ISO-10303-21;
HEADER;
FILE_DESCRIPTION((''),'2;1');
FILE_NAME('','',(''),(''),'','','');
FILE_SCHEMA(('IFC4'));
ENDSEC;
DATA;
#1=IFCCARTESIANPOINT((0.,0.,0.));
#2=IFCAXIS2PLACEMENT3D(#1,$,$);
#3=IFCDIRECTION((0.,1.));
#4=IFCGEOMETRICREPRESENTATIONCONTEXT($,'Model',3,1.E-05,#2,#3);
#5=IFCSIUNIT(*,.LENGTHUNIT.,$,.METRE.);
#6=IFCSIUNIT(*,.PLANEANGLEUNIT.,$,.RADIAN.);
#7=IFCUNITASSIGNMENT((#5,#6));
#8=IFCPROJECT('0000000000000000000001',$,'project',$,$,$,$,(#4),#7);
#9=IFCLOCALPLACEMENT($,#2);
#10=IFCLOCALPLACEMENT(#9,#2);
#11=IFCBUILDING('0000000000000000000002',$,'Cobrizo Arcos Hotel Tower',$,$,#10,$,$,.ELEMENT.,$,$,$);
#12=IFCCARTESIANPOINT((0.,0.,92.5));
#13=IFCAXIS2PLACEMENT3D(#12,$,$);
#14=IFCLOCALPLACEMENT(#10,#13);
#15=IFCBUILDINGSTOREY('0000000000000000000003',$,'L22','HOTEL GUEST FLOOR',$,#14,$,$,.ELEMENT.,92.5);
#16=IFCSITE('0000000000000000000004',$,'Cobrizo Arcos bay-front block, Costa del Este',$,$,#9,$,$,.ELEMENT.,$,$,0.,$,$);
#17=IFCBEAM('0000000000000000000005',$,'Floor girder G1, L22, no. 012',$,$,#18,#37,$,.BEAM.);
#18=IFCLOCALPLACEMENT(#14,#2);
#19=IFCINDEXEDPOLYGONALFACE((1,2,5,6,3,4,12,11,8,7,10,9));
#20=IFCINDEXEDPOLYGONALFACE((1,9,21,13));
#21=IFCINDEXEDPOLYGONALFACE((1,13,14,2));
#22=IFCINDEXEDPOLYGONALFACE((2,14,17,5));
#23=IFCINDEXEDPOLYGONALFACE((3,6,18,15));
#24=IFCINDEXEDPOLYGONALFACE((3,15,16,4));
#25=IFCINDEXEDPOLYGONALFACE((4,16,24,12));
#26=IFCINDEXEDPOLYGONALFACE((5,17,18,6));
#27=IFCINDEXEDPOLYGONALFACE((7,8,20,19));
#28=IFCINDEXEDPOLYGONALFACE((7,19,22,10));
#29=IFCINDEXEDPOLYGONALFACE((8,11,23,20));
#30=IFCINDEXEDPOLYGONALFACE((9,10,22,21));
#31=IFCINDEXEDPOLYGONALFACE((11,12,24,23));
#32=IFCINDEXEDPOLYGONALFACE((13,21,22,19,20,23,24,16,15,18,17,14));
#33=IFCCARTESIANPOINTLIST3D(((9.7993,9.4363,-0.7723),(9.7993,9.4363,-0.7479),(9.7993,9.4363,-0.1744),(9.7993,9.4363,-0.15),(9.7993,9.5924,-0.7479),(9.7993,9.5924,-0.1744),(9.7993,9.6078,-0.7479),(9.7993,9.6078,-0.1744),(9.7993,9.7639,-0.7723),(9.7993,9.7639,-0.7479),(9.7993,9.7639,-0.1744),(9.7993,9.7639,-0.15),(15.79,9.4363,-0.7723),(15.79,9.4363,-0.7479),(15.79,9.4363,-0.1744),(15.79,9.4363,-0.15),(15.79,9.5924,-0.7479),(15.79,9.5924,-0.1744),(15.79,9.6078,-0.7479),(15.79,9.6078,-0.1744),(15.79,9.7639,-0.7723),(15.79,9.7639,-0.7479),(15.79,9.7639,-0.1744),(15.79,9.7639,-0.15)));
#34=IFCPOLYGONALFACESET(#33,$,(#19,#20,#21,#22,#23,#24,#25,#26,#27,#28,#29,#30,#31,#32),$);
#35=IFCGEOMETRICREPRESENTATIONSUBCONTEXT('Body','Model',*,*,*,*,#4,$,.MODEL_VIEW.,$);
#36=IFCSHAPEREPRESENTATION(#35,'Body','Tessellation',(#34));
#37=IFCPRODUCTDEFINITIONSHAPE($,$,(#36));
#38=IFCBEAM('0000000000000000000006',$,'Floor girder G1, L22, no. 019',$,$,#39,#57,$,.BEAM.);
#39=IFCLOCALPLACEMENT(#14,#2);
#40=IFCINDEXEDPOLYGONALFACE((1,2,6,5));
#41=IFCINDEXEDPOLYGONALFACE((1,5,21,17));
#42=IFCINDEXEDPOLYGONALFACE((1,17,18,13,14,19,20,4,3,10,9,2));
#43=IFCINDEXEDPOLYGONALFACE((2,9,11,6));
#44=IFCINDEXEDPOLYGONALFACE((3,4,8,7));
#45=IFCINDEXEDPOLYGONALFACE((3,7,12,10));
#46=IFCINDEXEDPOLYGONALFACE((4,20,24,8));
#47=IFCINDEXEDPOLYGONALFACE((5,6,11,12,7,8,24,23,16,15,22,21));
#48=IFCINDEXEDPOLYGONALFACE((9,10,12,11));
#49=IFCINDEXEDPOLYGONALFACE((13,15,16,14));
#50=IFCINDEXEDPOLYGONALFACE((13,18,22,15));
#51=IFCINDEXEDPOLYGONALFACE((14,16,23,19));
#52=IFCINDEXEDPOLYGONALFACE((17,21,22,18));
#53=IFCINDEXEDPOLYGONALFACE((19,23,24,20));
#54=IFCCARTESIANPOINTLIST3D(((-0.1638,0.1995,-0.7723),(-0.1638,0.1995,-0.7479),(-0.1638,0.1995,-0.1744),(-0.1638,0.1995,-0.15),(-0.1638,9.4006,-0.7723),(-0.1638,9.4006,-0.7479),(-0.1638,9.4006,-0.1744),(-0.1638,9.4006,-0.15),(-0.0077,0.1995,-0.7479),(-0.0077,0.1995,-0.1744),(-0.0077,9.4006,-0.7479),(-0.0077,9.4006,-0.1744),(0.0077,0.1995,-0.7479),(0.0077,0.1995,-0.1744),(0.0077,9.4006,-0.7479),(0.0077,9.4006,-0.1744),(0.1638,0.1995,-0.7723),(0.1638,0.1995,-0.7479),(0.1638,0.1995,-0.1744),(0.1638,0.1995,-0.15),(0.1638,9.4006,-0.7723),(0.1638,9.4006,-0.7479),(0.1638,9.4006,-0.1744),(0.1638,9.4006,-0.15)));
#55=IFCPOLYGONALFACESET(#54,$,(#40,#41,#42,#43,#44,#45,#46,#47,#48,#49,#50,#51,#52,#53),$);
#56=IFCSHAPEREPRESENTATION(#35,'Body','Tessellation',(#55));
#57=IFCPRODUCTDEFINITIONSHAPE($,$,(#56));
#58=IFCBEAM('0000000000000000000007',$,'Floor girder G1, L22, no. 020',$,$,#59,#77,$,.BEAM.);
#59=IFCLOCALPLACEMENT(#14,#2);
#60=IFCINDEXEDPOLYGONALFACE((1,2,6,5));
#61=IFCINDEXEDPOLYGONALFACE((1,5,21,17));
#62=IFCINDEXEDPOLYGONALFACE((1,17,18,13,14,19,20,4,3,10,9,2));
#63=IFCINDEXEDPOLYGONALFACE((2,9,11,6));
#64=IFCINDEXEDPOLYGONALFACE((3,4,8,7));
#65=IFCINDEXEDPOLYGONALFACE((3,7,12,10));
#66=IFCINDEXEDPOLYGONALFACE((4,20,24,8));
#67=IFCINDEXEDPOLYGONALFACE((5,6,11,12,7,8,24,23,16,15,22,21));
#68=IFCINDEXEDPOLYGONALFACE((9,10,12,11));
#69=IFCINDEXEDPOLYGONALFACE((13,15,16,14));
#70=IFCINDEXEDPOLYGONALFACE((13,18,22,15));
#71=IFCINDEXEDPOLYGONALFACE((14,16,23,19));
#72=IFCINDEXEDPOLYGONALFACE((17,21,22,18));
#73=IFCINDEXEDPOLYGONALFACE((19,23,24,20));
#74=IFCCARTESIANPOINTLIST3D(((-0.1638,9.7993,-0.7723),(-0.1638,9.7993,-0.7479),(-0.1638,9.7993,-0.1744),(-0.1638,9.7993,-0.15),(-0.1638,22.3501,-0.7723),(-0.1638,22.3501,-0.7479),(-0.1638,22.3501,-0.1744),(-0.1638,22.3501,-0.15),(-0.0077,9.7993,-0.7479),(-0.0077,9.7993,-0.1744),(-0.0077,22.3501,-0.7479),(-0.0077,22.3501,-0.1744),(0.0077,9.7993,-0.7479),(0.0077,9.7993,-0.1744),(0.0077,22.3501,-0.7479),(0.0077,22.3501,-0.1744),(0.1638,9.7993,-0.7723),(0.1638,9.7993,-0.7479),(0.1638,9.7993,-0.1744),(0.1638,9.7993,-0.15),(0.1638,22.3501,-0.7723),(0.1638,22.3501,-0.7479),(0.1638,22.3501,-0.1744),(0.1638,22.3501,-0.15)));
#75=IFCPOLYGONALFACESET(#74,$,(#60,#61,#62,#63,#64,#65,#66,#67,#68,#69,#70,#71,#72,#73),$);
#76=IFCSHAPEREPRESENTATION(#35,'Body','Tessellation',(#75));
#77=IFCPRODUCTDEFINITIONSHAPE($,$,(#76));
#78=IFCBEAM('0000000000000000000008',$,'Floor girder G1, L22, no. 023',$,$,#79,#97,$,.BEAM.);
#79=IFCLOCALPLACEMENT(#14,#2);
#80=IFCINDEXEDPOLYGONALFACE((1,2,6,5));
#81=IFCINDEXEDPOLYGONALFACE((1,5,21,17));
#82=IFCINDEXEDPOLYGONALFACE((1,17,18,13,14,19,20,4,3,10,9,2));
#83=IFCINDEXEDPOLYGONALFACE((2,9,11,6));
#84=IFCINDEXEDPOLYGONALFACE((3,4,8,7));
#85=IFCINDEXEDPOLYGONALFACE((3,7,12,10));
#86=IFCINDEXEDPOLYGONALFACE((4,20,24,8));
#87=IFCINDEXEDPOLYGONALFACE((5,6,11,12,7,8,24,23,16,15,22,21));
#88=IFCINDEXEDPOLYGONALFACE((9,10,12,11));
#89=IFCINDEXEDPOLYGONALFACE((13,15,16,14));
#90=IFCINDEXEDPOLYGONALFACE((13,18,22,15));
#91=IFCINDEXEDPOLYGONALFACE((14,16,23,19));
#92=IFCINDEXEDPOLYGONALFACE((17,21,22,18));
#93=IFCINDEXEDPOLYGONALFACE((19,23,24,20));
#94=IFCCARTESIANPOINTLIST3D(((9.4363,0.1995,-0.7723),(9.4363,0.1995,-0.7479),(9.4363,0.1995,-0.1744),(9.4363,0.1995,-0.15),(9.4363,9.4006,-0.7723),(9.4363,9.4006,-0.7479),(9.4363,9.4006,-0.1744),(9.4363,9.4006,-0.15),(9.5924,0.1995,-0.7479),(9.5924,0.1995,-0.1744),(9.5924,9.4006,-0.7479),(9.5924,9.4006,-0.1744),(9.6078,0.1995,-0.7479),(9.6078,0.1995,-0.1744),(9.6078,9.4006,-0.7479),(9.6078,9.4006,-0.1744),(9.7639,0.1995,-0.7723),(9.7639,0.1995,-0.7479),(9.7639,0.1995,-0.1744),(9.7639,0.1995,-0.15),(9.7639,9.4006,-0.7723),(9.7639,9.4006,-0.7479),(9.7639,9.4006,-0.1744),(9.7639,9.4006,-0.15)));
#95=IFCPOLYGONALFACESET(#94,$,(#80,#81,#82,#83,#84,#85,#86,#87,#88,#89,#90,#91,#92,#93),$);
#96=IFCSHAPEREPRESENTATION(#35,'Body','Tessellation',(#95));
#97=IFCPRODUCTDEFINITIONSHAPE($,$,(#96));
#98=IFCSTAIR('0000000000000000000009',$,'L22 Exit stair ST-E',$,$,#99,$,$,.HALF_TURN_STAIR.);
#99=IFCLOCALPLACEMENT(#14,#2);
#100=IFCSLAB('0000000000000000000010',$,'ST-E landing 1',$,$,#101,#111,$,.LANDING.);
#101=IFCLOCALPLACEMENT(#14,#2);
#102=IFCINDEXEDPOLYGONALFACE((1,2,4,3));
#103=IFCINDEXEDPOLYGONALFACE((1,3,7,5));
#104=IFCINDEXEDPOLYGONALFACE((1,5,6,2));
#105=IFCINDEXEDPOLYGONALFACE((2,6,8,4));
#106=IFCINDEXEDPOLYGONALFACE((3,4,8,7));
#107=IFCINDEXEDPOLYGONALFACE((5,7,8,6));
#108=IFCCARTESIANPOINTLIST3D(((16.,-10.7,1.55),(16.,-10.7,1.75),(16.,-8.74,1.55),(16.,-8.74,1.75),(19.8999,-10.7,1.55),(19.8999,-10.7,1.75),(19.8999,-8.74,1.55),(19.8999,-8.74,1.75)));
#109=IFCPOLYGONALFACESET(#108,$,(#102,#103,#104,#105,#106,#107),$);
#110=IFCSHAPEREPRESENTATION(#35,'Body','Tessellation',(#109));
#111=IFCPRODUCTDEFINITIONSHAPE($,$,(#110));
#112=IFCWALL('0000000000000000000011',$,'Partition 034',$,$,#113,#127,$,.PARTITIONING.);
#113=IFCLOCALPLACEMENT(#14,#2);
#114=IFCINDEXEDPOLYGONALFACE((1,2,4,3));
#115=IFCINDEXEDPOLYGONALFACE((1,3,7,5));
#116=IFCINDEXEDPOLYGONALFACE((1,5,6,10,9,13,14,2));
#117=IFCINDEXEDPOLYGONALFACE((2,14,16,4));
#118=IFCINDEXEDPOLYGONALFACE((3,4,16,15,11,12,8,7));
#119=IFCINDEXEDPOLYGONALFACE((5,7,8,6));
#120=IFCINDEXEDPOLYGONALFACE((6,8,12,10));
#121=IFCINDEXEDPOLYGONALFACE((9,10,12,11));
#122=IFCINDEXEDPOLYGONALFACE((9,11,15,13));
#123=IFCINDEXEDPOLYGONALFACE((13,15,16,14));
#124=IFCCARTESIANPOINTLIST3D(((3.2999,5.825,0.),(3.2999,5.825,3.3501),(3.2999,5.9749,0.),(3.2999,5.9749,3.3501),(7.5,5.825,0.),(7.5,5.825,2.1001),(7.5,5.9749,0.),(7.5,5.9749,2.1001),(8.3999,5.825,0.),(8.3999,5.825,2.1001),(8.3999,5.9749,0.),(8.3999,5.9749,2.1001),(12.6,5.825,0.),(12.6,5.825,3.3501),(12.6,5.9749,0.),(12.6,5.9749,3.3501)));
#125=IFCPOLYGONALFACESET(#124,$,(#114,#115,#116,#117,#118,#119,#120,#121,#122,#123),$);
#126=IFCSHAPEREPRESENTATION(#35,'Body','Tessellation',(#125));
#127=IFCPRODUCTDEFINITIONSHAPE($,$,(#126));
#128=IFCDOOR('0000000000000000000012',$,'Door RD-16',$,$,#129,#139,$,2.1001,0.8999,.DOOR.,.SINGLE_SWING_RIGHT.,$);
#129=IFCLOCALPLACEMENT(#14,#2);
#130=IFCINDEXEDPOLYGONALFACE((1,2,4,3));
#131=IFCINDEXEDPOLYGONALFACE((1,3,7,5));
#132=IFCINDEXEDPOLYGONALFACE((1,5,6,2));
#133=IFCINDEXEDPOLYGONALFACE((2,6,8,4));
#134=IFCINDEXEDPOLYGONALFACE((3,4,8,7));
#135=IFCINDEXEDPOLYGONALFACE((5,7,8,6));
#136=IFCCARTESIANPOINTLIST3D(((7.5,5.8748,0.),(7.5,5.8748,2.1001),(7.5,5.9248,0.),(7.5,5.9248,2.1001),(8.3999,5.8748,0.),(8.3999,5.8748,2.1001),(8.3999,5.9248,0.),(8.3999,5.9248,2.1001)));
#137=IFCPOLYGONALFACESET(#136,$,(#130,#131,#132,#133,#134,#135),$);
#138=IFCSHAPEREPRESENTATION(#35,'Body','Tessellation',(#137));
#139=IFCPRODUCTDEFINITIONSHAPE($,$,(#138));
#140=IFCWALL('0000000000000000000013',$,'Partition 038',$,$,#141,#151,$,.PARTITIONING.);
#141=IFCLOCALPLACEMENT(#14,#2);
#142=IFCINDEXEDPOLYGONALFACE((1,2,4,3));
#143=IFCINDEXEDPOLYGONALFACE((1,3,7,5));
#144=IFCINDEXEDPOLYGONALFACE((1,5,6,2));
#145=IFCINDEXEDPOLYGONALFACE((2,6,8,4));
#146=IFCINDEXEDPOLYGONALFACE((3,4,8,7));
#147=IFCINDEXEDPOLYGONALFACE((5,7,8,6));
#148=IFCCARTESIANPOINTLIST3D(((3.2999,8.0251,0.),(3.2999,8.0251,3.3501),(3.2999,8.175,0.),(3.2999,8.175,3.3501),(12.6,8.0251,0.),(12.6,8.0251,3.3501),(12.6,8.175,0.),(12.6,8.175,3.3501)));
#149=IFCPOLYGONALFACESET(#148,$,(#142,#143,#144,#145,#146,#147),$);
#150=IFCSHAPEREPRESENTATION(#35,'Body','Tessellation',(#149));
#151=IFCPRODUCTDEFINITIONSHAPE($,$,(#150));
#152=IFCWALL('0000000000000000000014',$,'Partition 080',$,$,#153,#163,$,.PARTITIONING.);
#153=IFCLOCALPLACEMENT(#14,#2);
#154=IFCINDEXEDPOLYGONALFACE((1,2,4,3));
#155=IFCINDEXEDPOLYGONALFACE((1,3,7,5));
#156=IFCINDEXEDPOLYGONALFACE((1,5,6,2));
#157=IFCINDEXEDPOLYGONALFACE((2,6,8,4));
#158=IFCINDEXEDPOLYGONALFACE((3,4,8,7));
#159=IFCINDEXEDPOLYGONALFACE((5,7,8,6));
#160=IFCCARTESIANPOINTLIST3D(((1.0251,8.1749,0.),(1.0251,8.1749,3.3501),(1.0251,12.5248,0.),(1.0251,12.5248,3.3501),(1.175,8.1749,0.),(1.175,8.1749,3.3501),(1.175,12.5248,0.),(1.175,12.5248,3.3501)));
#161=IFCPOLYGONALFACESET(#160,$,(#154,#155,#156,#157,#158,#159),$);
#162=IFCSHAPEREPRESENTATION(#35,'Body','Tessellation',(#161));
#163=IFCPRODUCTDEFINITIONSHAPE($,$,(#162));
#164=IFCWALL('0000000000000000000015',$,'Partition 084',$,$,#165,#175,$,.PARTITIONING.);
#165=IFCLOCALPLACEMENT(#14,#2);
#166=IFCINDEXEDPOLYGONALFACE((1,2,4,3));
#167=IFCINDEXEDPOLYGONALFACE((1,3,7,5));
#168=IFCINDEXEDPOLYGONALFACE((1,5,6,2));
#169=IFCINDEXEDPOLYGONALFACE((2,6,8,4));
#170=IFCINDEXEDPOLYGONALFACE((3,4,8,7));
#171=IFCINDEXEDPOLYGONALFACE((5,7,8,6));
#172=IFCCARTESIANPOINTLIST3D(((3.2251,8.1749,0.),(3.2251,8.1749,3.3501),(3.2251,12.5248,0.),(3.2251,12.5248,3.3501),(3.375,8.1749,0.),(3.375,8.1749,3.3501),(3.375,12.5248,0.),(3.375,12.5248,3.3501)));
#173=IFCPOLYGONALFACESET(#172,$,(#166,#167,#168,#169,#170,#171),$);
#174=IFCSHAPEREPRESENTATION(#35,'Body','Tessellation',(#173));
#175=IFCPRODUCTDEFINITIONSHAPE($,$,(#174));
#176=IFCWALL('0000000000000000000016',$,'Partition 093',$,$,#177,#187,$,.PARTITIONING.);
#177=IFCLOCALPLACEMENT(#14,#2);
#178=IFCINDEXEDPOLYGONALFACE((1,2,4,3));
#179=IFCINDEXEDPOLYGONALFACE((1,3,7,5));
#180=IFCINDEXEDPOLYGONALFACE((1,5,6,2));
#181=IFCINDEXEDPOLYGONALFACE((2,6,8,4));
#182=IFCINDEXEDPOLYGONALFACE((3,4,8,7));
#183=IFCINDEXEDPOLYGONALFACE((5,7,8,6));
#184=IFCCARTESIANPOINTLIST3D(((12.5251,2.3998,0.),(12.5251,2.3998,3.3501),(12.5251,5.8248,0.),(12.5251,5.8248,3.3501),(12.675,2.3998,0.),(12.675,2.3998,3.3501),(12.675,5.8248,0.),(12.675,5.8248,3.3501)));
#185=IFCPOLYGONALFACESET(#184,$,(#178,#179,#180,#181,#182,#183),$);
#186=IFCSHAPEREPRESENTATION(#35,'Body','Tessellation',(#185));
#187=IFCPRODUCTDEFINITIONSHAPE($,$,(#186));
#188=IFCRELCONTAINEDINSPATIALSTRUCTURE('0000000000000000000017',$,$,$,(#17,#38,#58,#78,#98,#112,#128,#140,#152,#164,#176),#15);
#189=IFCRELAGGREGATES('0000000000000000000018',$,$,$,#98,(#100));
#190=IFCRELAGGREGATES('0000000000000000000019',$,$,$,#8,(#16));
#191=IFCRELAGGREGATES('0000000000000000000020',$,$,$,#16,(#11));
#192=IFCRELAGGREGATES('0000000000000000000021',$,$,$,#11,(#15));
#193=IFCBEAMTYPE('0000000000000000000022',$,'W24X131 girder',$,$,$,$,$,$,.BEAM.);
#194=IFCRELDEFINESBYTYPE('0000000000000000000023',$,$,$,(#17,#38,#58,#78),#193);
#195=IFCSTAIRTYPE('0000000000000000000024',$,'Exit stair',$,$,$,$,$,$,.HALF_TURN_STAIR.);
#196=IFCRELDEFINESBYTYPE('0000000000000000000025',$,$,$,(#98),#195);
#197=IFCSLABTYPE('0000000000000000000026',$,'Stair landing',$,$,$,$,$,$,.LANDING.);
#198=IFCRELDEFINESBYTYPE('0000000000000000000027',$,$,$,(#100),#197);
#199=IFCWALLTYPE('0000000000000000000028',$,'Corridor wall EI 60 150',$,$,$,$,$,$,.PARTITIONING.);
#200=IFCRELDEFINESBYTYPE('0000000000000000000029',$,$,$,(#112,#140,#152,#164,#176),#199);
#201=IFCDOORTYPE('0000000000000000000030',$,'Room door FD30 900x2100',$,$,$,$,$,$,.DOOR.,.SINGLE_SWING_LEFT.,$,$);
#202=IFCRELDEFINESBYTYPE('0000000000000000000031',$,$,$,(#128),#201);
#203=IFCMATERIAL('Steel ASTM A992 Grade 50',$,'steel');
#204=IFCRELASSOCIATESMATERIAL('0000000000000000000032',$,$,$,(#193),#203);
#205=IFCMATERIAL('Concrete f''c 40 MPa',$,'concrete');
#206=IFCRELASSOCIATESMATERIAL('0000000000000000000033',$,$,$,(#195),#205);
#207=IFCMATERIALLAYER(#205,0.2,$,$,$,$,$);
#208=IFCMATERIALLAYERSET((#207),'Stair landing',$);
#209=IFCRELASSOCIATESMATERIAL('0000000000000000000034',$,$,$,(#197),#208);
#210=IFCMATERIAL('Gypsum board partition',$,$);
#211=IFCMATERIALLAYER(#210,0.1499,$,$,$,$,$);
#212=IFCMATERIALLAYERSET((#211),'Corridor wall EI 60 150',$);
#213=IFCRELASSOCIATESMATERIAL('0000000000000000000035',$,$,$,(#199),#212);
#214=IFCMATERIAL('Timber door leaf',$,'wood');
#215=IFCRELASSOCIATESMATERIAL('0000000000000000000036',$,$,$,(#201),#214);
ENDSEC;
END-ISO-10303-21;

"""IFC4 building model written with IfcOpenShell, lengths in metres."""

from ifc_helpers import new_model, si_unit, direction, frame, frame_2d, origin, origin_2d, place, context, subcontext, project, spatial, polyline, rectangle, i_section, outline, extrude, material, layer, layer_set, material_profile, profile_set, type_object, element, fill, aggregate, save


model = new_model("IFC4")

# Units and contexts
model_context = context("Model", 3, precision=1e-05, world=origin(), true_north=direction((0.0, 1.0)))
body_context = subcontext(model_context, "Body", "Model", "MODEL_VIEW")
ifc_project = project(units=[si_unit("LENGTHUNIT", "METRE"), si_unit("PLANEANGLEUNIT", "RADIAN")], contexts=[model_context])

# Site, building, storey
site_placement = place(None, origin())
site = spatial("IfcSite", under=ifc_project, at=site_placement, Name="Cobrizo Arcos bay-front block, Costa del Este", CompositionType="ELEMENT", RefElevation=0.0)
building_placement = place(site_placement, origin())
building = spatial("IfcBuilding", under=site, at=building_placement, Name="Cobrizo Arcos Hotel Tower", CompositionType="ELEMENT")
storey_placement = place(building_placement, frame((0.0, 0.0, 92.5)))
storey = spatial("IfcBuildingStorey", under=building, at=storey_placement, Name="L22", Description="HOTEL GUEST FLOOR", CompositionType="ELEMENT", Elevation=92.5)

# Shared definitions
ifc_material_1 = material(Name="Steel ASTM A992 Grade 50", Category="steel")

# Beams
ifc_material_profile_1 = material_profile(ifc_material_1, i_section(OverallWidth=0.3276, OverallDepth=0.6223, WebThickness=0.0154, FlangeThickness=0.0244, at=origin_2d()), Name="W24X131")
ifc_profile_set_1 = profile_set([ifc_material_profile_1], Name="Steel ASTM A992 Grade 50")
beam_type_1 = type_object("IfcBeamType", Name="W24X131 girder", PredefinedType="BEAM", material=ifc_profile_set_1)
beam_1_placement = place(storey_placement, frame((9.7993, 9.6001, -0.4612), z_axis=(1.0, 0.0, 0.0), x_axis=(0.0, 1.0, 0.0)))
element("IfcBeam", 1, at=beam_1_placement, inside=storey, type_object=beam_type_1, Name="Floor girder G1, L22, no. 012", PredefinedType="BEAM", context=body_context, shape_type="SweptSolid", body=[
    extrude(i_section(OverallWidth=0.3276, OverallDepth=0.6223, WebThickness=0.0154, FlangeThickness=0.0244, at=origin_2d()), origin(), (0.0, 0.0, 1.0), 5.9907),
])
beam_2_placement = place(storey_placement, frame((0.0, 0.1995, -0.4612), z_axis=(0.0, 1.0, 0.0), x_axis=(-1.0, 0.0, 0.0)))
element("IfcBeam", 2, at=beam_2_placement, inside=storey, type_object=beam_type_1, Name="Floor girder G1, L22, no. 019", PredefinedType="BEAM", context=body_context, shape_type="SweptSolid", body=[
    extrude(i_section(OverallWidth=0.3276, OverallDepth=0.6223, WebThickness=0.0154, FlangeThickness=0.0244, at=origin_2d()), origin(), (0.0, 0.0, 1.0), 9.2012),
])
beam_3_placement = place(storey_placement, frame((0.0, 9.7993, -0.4612), z_axis=(0.0, 1.0, 0.0), x_axis=(-1.0, 0.0, 0.0)))
element("IfcBeam", 3, at=beam_3_placement, inside=storey, type_object=beam_type_1, Name="Floor girder G1, L22, no. 020", PredefinedType="BEAM", context=body_context, shape_type="SweptSolid", body=[
    extrude(i_section(OverallWidth=0.3276, OverallDepth=0.6223, WebThickness=0.0154, FlangeThickness=0.0244, at=origin_2d()), origin(), (0.0, 0.0, 1.0), 12.5508),
])
beam_4_placement = place(storey_placement, frame((9.6001, 0.1995, -0.4612), z_axis=(0.0, 1.0, 0.0), x_axis=(-1.0, 0.0, 0.0)))
element("IfcBeam", 4, at=beam_4_placement, inside=storey, type_object=beam_type_1, Name="Floor girder G1, L22, no. 023", PredefinedType="BEAM", context=body_context, shape_type="SweptSolid", body=[
    extrude(i_section(OverallWidth=0.3276, OverallDepth=0.6223, WebThickness=0.0154, FlangeThickness=0.0244, at=origin_2d()), origin(), (0.0, 0.0, 1.0), 9.2012),
])

# Stair, slab
ifc_material_2 = material(Name="Concrete f'c 40 MPa", Category="concrete")
stair_type = type_object("IfcStairType", Name="Exit stair", PredefinedType="HALF_TURN_STAIR", material=ifc_material_2)
stair_placement = place(storey_placement, origin())
stair = element("IfcStair", 5, at=stair_placement, inside=storey, type_object=stair_type, Name="L22 Exit stair ST-E", PredefinedType="HALF_TURN_STAIR")
ifc_layer_1 = layer(ifc_material_2, 0.2)
ifc_layer_set_1 = layer_set([ifc_layer_1], Name="Stair landing")
slab_type = type_object("IfcSlabType", Name="Stair landing", PredefinedType="LANDING", material=ifc_layer_set_1)
slab_placement = place(storey_placement, frame((0.0, 0.0, 1.55)))
slab = element("IfcSlab", 6, at=slab_placement, type_object=slab_type, Name="ST-E landing 1", PredefinedType="LANDING", context=body_context, shape_type="SweptSolid", body=[
    extrude(outline(polyline([(16.0, -8.74), (16.0, -10.7), (19.8999, -10.7), (19.8999, -8.74), (16.0, -8.74)])), origin(), (0.0, 0.0, 1.0), 0.2),
])
aggregate(stair, [slab])

# Wall, opening, door
ifc_material_3 = material(Name="Gypsum board partition")
ifc_layer_2 = layer(ifc_material_3, 0.1499)
ifc_layer_set_2 = layer_set([ifc_layer_2], Name="Corridor wall EI 60 150")
wall_type_1 = type_object("IfcWallType", Name="Corridor wall EI 60 150", PredefinedType="PARTITIONING", material=ifc_layer_set_2)
wall_1_placement = place(storey_placement, frame((3.3, 5.8999, 0.0), z_axis=(0.0, 0.0, 1.0), x_axis=(1.0, 0.0, 0.0)))
wall_1 = element("IfcWall", 7, at=wall_1_placement, inside=storey, type_object=wall_type_1, Name="Partition 034", PredefinedType="PARTITIONING", context=body_context, shape_type="SweptSolid", body=[
    extrude(rectangle(XDim=9.3, YDim=0.1499, at=frame_2d((4.6499, 0.0))), origin(), (0.0, 0.0, 1.0), 3.3501),
])
opening_1_placement = place(wall_1_placement, frame((4.2, 0.0, 0.0)))
opening_1 = element("IfcOpeningElement", 8, at=opening_1_placement, cuts=wall_1, PredefinedType="OPENING", context=body_context, shape_type="SweptSolid", body=[
    extrude(rectangle(XDim=0.8999, YDim=2.1001, at=frame_2d((0.45, 1.05))), frame((0.0, 0.0869, 0.0), z_axis=(0.0, -1.0, 0.0), x_axis=(1.0, 0.0, 0.0)), (0.0, 0.0, 1.0), 0.1738),
])
ifc_material_4 = material(Name="Timber door leaf", Category="wood")
door_type_1 = type_object("IfcDoorType", Name="Room door FD30 900x2100", OperationType="SINGLE_SWING_LEFT", PredefinedType="DOOR", material=ifc_material_4)
door_1_placement = place(opening_1_placement, origin())
door_1 = element("IfcDoor", 9, at=door_1_placement, inside=storey, type_object=door_type_1, Name="Door RD-16", OperationType="SINGLE_SWING_RIGHT", OverallHeight=2.1001, OverallWidth=0.8999, PredefinedType="DOOR", context=body_context, shape_type="SweptSolid", body=[
    extrude(rectangle(XDim=0.8999, YDim=2.1001, at=frame_2d((0.45, 1.05))), frame((0.0, 0.0249, 0.0), z_axis=(0.0, -1.0, 0.0), x_axis=(1.0, 0.0, 0.0)), (0.0, 0.0, 1.0), 0.05),
])
fill(opening_1, door_1)

# Walls
wall_2_placement = place(storey_placement, frame((3.3, 8.1001, 0.0), z_axis=(0.0, 0.0, 1.0), x_axis=(1.0, 0.0, 0.0)))
element("IfcWall", 10, at=wall_2_placement, inside=storey, type_object=wall_type_1, Name="Partition 038", PredefinedType="PARTITIONING", context=body_context, shape_type="SweptSolid", body=[
    extrude(rectangle(XDim=9.3, YDim=0.1499, at=frame_2d((4.6499, 0.0))), origin(), (0.0, 0.0, 1.0), 3.3501),
])
for number, where, z_axis, x_axis, name in (
    (11, (1.1001, 8.175, 0.0), (0.0, 0.0, 1.0), (0.0, 1.0, 0.0), "Partition 080"),
    (12, (3.3, 8.175, 0.0), (0.0, 0.0, 1.0), (0.0, 1.0, 0.0), "Partition 084"),
):
    element("IfcWall", number, at=place(storey_placement, frame(where, z_axis=z_axis, x_axis=x_axis)), inside=storey, type_object=wall_type_1, Name=name, PredefinedType="PARTITIONING", context=body_context, shape_type="SweptSolid", body=[
        extrude(rectangle(XDim=4.3499, YDim=0.1499, at=frame_2d((2.1748, 0.0))), origin(), (0.0, 0.0, 1.0), 3.3501),
    ])
wall_3_placement = place(storey_placement, frame((12.6001, 2.3999, 0.0), z_axis=(0.0, 0.0, 1.0), x_axis=(0.0, 1.0, 0.0)))
element("IfcWall", 13, at=wall_3_placement, inside=storey, type_object=wall_type_1, Name="Partition 093", PredefinedType="PARTITIONING", context=body_context, shape_type="SweptSolid", body=[
    extrude(rectangle(XDim=3.425, YDim=0.1499, at=frame_2d((1.7124, 0.0))), origin(), (0.0, 0.0, 1.0), 3.3501),
])

save(model, "model.ifc")
